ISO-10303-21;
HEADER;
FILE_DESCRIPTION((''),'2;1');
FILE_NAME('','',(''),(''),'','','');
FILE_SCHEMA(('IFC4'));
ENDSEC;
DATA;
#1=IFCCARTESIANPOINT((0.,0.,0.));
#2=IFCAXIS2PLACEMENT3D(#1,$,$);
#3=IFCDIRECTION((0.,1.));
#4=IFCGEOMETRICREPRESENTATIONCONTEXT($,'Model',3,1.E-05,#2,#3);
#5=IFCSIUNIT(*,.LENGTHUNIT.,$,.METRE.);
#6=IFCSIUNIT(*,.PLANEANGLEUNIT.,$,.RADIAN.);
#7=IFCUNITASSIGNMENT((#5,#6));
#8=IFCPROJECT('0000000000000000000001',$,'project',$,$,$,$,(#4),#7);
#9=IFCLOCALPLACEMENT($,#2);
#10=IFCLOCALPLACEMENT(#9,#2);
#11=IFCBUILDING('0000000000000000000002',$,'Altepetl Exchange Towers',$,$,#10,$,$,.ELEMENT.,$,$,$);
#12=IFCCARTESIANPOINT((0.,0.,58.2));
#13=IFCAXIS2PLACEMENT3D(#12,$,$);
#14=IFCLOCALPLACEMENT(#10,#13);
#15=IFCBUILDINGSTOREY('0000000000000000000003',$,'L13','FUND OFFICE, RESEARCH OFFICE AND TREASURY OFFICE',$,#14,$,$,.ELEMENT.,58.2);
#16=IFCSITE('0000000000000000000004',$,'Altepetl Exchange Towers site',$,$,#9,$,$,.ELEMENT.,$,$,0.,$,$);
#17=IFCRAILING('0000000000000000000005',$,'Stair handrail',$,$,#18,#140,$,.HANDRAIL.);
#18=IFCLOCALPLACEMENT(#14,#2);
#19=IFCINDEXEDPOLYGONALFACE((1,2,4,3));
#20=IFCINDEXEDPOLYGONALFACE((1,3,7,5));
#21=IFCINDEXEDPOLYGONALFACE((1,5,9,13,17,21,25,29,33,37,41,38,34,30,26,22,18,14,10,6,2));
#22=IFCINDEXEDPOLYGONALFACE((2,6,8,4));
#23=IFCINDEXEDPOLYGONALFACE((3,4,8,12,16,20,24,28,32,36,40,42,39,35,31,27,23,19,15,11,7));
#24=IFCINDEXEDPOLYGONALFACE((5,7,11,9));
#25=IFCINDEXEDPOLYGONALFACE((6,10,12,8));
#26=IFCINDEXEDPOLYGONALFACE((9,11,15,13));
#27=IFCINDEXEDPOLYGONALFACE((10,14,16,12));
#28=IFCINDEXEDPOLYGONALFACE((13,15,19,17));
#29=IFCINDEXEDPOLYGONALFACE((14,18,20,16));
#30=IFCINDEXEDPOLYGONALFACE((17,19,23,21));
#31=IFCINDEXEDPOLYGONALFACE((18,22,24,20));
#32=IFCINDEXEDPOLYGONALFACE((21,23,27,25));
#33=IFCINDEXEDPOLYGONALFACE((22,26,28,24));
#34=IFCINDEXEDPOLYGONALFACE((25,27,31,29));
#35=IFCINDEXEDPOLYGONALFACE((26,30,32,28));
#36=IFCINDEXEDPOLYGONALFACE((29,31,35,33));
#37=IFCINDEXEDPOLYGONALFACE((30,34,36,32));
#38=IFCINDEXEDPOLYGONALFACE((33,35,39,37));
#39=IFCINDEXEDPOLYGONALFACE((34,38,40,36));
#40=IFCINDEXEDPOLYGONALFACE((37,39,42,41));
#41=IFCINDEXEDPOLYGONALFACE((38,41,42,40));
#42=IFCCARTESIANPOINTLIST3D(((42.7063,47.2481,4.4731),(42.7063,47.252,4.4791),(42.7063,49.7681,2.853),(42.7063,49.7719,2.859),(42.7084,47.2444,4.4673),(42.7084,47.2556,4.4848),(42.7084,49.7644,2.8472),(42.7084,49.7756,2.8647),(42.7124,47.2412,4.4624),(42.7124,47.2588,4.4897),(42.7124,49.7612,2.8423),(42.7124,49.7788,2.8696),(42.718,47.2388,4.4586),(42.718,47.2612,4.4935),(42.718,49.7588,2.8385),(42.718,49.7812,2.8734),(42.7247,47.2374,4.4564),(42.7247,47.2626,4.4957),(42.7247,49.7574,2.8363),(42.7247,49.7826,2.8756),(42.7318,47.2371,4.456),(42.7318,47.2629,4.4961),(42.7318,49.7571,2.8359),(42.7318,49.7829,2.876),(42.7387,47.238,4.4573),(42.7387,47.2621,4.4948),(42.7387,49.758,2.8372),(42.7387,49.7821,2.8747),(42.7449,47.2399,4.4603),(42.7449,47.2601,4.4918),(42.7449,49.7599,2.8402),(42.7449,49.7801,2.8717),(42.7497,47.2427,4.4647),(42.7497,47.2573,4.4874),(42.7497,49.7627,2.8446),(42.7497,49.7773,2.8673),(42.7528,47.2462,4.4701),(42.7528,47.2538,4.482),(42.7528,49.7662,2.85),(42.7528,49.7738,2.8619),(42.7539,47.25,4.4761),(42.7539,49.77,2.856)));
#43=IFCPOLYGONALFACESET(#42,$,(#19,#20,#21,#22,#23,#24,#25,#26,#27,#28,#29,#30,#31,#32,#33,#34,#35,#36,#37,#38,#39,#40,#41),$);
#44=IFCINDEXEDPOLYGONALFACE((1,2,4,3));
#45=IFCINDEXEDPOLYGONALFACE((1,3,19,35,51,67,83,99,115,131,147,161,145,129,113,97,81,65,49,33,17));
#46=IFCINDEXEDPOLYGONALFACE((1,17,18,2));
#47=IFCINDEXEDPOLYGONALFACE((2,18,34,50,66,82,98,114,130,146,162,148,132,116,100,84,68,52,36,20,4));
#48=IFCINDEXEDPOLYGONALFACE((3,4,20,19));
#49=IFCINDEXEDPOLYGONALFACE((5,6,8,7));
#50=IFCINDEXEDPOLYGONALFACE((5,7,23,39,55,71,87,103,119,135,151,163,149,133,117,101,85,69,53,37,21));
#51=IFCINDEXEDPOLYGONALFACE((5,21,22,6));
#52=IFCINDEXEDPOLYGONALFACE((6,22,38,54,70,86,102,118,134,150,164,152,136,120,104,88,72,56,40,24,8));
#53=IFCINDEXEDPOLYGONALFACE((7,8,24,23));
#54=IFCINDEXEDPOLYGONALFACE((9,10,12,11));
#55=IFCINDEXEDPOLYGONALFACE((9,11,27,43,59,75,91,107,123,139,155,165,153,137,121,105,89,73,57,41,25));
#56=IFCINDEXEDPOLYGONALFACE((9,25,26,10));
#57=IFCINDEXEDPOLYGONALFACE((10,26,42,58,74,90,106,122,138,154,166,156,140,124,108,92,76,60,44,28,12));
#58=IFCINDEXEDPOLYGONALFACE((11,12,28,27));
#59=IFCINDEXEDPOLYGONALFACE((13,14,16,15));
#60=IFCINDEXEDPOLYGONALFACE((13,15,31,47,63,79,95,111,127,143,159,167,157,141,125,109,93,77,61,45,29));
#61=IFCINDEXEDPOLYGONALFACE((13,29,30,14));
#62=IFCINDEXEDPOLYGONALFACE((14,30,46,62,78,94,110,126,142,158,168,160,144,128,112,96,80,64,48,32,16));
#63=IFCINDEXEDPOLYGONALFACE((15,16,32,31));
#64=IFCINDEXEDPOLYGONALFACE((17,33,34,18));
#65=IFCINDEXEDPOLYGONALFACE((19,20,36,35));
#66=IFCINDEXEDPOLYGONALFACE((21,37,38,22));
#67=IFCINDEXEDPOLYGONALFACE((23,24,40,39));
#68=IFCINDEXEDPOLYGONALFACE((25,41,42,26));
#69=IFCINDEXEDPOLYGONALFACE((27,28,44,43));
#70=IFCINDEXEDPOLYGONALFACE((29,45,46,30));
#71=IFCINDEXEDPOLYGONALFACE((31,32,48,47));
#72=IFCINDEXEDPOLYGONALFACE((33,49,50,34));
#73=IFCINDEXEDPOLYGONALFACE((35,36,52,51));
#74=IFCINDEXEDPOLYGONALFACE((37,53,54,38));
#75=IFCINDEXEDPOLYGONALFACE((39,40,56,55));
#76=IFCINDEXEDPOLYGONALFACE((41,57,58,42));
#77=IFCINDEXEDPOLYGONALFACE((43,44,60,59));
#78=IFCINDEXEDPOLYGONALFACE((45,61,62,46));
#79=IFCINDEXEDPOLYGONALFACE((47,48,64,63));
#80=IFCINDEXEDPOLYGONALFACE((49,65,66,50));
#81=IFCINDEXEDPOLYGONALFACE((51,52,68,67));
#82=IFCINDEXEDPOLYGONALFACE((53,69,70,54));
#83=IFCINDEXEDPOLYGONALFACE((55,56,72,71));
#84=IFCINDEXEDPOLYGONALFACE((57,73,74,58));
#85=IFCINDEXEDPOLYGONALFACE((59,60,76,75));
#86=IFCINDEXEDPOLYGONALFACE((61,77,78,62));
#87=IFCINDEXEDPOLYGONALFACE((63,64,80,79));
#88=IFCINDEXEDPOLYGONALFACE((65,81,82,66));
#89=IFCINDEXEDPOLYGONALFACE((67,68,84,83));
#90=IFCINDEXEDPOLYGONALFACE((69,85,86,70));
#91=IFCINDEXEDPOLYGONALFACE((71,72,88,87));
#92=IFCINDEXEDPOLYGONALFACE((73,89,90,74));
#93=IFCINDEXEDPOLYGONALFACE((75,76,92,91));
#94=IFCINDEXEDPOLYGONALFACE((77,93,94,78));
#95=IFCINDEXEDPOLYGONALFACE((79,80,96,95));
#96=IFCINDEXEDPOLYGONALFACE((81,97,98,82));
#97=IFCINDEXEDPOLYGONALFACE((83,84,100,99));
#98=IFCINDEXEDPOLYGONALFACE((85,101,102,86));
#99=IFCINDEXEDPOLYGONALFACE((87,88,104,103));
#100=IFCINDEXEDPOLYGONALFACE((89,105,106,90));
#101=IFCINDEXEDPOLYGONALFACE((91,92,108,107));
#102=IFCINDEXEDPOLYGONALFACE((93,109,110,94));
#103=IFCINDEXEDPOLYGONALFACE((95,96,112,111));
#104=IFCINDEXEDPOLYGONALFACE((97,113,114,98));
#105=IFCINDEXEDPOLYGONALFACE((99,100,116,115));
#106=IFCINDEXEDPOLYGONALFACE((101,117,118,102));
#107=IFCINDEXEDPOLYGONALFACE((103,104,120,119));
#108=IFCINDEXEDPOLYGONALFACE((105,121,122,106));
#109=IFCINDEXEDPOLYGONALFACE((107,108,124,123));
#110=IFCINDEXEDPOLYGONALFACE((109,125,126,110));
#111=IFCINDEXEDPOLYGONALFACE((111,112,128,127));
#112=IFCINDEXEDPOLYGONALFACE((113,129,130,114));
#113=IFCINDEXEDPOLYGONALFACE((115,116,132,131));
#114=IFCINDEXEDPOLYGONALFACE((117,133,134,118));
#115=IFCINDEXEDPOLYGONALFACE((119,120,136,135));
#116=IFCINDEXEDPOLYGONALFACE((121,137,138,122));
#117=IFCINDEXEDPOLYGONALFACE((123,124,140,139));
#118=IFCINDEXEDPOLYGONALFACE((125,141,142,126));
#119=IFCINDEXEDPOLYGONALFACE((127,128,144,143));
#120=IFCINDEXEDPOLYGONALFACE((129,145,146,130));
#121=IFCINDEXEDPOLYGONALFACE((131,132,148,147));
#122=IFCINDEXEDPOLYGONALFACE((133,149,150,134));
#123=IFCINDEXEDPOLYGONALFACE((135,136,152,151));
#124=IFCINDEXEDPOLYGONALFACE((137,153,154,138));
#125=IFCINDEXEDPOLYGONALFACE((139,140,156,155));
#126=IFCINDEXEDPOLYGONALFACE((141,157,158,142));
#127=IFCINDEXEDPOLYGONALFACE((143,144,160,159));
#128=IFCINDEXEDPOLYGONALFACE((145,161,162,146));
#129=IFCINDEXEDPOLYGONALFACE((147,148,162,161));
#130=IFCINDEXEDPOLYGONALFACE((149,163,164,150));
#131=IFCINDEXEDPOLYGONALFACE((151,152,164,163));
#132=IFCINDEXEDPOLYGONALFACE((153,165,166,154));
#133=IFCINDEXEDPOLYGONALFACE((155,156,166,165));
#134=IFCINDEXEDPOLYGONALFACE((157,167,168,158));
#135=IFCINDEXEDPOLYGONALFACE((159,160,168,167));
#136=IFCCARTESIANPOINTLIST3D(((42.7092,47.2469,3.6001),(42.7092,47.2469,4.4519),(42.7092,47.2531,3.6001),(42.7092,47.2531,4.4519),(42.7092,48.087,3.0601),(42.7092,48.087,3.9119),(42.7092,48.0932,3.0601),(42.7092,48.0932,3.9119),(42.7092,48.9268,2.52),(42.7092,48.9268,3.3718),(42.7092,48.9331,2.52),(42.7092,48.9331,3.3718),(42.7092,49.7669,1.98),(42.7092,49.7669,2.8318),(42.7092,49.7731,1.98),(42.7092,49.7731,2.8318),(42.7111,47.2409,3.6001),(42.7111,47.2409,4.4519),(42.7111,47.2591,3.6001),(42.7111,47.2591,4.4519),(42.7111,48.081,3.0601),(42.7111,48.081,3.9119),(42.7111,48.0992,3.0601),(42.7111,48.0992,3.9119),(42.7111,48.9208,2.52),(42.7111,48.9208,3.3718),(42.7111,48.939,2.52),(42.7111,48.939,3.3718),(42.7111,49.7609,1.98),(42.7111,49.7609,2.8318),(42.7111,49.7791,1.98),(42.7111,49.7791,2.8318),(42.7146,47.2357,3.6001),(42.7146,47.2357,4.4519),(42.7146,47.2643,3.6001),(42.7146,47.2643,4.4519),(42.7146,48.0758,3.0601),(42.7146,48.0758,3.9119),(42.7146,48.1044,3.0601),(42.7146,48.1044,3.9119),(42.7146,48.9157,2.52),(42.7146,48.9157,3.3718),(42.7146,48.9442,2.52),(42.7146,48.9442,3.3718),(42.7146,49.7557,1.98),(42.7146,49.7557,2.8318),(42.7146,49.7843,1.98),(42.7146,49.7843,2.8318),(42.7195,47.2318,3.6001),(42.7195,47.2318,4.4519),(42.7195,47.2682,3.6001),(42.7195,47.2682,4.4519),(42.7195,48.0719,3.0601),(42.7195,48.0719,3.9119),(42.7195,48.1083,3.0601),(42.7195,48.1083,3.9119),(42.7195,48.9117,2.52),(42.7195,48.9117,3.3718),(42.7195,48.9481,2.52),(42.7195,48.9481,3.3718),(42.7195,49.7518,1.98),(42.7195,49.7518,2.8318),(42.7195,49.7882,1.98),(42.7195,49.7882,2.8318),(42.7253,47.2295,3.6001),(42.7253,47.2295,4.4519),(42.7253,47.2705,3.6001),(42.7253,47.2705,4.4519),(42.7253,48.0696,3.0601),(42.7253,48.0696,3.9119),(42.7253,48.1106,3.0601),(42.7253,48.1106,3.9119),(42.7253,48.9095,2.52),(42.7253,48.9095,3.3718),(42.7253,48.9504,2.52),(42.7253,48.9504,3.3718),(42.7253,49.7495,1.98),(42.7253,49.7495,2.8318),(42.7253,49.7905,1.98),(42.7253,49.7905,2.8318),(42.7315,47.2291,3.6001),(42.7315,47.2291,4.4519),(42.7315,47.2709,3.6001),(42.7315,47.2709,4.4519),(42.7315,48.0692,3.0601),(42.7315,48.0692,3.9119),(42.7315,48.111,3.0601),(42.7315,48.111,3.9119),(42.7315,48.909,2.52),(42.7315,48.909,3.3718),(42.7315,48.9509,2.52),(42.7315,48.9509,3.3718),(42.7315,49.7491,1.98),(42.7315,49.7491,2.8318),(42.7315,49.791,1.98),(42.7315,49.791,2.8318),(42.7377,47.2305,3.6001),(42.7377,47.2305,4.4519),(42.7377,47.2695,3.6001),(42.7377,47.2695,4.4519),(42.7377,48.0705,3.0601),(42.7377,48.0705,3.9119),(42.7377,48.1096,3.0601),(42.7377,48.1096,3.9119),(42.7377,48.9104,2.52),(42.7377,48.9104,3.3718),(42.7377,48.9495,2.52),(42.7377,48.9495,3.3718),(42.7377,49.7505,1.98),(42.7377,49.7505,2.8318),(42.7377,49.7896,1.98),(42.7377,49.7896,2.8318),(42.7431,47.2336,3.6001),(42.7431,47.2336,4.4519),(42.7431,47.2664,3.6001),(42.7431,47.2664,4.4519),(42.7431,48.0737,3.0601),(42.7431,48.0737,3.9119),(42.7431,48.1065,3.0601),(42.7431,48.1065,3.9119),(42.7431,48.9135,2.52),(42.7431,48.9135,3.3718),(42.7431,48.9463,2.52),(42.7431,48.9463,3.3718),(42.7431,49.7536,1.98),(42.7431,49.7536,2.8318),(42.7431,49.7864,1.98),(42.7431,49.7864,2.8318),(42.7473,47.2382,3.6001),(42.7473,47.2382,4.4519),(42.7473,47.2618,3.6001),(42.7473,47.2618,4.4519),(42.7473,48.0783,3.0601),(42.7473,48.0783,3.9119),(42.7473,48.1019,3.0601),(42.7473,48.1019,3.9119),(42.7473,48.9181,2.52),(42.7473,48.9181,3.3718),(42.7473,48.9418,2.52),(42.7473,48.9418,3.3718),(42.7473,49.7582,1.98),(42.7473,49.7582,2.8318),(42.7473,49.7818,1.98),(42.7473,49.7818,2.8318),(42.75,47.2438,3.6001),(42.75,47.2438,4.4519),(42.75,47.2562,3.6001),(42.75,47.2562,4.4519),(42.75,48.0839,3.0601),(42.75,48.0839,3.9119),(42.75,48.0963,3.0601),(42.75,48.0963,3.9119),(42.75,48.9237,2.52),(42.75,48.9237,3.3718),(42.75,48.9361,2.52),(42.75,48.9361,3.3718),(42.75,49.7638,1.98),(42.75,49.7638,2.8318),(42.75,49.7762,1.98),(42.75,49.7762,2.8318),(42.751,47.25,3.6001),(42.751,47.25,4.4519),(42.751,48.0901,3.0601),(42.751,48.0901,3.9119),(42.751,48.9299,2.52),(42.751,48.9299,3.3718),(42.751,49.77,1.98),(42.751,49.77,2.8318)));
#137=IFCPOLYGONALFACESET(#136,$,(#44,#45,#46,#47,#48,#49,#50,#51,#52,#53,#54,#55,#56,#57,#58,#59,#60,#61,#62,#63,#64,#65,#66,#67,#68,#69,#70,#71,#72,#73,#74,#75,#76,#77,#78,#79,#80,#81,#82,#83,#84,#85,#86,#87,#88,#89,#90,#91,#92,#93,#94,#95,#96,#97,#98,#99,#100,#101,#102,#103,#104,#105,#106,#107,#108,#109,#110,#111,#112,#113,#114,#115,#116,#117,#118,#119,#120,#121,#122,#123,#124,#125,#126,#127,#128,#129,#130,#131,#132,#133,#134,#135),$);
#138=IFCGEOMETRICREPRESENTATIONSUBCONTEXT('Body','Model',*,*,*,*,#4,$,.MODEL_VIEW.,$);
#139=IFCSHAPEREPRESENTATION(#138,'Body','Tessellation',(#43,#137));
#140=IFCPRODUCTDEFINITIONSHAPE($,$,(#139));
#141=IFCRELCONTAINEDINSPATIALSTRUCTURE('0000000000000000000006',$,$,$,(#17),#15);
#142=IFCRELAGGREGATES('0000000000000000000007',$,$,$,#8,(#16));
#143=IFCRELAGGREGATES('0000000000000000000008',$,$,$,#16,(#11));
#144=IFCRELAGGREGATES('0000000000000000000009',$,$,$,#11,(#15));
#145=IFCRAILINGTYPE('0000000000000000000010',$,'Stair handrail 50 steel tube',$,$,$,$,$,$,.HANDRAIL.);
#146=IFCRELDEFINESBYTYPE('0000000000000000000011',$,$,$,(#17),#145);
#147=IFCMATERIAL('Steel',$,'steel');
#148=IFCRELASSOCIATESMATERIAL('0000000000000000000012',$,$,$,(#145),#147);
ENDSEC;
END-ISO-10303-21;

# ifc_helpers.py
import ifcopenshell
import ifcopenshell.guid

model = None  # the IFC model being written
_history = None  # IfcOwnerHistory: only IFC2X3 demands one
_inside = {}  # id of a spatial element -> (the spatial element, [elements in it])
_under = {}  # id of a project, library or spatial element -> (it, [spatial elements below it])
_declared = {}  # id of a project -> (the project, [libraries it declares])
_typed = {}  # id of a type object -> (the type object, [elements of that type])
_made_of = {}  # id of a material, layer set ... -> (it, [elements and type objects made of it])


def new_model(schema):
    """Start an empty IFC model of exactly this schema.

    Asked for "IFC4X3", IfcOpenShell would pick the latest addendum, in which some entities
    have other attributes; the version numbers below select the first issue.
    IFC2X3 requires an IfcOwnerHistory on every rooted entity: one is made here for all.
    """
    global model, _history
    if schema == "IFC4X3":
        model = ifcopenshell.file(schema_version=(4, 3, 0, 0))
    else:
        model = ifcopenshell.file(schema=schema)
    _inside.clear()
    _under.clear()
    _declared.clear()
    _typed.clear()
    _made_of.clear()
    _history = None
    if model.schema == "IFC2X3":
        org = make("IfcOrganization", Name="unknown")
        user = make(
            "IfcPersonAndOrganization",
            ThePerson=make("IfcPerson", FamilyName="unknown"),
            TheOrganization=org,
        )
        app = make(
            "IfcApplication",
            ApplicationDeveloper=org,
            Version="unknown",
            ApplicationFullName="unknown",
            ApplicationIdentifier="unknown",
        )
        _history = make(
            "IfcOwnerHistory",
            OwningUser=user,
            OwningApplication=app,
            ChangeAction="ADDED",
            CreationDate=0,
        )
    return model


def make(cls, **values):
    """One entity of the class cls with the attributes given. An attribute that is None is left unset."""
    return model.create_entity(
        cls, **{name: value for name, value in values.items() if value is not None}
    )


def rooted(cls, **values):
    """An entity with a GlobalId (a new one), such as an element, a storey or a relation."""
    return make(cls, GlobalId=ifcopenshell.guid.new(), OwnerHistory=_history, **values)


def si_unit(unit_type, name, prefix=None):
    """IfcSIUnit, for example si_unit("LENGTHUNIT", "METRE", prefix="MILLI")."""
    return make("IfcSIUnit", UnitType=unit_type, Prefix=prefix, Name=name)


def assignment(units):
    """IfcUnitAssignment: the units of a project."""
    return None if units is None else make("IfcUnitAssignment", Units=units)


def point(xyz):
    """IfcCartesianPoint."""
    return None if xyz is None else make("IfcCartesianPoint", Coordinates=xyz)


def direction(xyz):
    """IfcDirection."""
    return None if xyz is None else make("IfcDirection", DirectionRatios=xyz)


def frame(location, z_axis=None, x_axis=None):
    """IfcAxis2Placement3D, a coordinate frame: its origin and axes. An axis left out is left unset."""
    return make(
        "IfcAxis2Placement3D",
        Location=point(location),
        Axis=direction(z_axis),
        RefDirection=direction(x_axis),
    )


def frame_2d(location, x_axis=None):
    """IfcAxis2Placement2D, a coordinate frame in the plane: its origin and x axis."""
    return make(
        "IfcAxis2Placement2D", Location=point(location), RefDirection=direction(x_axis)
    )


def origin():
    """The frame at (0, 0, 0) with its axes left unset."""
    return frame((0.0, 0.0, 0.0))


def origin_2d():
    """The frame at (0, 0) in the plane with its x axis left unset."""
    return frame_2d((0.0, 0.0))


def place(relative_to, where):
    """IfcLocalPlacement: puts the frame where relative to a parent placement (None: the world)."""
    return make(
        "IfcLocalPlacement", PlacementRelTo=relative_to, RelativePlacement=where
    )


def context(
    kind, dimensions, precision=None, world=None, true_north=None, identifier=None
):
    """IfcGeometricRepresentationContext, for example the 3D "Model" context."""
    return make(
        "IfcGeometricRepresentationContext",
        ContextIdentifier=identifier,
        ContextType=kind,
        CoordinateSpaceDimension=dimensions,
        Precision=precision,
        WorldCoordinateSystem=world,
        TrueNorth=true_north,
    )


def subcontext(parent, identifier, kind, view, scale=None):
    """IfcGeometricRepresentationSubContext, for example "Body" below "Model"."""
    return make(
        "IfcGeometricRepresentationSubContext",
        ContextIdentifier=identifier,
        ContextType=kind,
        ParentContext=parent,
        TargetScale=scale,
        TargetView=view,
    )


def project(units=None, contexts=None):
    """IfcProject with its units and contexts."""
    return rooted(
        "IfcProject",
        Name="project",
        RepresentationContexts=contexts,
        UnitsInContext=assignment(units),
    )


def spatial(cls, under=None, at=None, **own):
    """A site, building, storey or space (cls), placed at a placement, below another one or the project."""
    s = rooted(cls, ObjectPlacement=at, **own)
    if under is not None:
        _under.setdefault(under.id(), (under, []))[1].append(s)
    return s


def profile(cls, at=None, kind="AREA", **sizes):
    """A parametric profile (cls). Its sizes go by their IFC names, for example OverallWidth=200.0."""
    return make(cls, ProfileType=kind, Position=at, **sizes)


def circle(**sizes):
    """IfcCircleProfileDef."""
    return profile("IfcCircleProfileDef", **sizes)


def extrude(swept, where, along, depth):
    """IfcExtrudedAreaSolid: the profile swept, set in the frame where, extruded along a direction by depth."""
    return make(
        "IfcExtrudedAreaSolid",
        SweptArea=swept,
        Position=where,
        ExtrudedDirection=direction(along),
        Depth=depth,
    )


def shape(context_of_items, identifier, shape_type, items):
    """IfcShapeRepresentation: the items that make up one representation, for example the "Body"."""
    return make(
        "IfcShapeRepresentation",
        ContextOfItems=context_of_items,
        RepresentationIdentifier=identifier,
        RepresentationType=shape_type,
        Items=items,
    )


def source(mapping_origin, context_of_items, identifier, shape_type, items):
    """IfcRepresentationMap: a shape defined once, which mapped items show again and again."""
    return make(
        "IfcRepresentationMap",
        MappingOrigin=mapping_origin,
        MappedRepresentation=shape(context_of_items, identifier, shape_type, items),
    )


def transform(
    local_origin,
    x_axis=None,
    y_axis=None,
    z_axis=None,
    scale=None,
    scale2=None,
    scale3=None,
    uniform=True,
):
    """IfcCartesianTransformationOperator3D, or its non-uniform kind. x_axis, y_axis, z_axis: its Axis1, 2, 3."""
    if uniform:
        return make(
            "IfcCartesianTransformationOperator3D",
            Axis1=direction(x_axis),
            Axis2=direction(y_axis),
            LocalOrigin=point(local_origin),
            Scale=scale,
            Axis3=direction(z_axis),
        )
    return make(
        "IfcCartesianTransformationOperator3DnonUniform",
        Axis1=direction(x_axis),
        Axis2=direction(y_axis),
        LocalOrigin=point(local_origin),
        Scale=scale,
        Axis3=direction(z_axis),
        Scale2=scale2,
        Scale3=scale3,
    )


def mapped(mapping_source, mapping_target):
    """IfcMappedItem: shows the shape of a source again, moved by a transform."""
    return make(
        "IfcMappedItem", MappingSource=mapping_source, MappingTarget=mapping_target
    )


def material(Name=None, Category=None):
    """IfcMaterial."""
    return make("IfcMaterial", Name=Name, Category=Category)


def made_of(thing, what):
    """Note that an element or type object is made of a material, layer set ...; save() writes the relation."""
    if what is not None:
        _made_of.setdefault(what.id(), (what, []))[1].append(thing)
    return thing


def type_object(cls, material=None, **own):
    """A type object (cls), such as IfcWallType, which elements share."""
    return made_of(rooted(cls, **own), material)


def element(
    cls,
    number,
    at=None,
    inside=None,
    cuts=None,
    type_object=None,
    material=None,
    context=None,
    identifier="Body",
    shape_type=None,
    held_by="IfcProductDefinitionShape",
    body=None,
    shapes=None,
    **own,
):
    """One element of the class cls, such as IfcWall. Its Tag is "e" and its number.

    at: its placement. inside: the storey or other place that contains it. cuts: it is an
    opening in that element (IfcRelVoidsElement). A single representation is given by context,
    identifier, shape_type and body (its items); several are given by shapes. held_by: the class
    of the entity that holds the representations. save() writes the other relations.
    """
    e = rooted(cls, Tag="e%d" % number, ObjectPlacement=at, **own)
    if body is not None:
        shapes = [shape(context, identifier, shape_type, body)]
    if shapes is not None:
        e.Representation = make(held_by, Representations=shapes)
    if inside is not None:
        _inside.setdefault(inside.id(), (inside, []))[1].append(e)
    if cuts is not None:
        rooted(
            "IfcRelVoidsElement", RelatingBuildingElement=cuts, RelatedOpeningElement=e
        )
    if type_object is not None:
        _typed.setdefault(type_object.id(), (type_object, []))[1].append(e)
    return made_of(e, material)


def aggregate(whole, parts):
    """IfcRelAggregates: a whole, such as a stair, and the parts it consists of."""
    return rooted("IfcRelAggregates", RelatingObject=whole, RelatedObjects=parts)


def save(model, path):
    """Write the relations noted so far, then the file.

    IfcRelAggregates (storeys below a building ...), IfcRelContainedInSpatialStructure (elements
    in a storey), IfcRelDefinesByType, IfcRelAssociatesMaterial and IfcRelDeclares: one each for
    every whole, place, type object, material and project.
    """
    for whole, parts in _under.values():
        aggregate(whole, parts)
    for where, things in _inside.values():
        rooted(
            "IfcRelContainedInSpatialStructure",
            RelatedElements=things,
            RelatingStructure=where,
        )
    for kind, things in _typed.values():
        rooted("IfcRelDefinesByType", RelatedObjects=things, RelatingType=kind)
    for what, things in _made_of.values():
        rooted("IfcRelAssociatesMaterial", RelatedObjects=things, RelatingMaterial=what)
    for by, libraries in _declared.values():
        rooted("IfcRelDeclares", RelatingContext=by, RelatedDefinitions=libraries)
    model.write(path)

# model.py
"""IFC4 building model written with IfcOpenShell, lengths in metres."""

from ifc_helpers import new_model, si_unit, direction, frame, origin, origin_2d, place, context, subcontext, project, spatial, circle, extrude, source, transform, mapped, material, type_object, element, save


model = new_model("IFC4")

# Units and contexts
model_context = context("Model", 3, precision=1e-05, world=origin(), true_north=direction((0.0, 1.0)))
body_context = subcontext(model_context, "Body", "Model", "MODEL_VIEW")
ifc_project = project(units=[si_unit("LENGTHUNIT", "METRE"), si_unit("PLANEANGLEUNIT", "RADIAN")], contexts=[model_context])

# Site, building, storey
site_placement = place(None, origin())
site = spatial("IfcSite", under=ifc_project, at=site_placement, Name="Altepetl Exchange Towers site", CompositionType="ELEMENT", RefElevation=0.0)
building_placement = place(site_placement, origin())
building = spatial("IfcBuilding", under=site, at=building_placement, Name="Altepetl Exchange Towers", CompositionType="ELEMENT")
storey_placement = place(building_placement, frame((0.0, 0.0, 58.2)))
storey = spatial("IfcBuildingStorey", under=building, at=storey_placement, Name="L13", Description="FUND OFFICE, RESEARCH OFFICE AND TREASURY OFFICE", CompositionType="ELEMENT", Elevation=58.2)

# Railing
ifc_material_1 = material(Name="Steel", Category="steel")
railing_type = type_object("IfcRailingType", Name="Stair handrail 50 steel tube", PredefinedType="HANDRAIL", material=ifc_material_1)
shared_shape = source(origin(), body_context, "Body", "SweptSolid", [
    extrude(circle(Radius=0.021, at=origin_2d()), origin(), (0.0, 0.0, 1.0), 0.8518),
])
railing_placement = place(storey_placement, frame((42.73, 49.77, 1.98)))
element("IfcRailing", 1, at=railing_placement, inside=storey, type_object=railing_type, Name="Stair handrail", PredefinedType="HANDRAIL", context=body_context, shape_type="SweptSolid", body=[
    extrude(circle(Radius=0.0239, at=origin_2d()), frame((0.0, 0.0, 0.876), z_axis=(0.0, -0.841163, 0.540782), x_axis=(1.0, 0.0, 0.0)), (0.0, 0.0, 1.0), 2.9958),
    mapped(shared_shape, transform((0.0, 0.0, 0.0))),
    mapped(shared_shape, transform((0.0, -0.8401, 0.54))),
    mapped(shared_shape, transform((0.0, -1.6799, 1.0801))),
    mapped(shared_shape, transform((0.0, -2.52, 1.6201))),
])

save(model, "model.ifc")
